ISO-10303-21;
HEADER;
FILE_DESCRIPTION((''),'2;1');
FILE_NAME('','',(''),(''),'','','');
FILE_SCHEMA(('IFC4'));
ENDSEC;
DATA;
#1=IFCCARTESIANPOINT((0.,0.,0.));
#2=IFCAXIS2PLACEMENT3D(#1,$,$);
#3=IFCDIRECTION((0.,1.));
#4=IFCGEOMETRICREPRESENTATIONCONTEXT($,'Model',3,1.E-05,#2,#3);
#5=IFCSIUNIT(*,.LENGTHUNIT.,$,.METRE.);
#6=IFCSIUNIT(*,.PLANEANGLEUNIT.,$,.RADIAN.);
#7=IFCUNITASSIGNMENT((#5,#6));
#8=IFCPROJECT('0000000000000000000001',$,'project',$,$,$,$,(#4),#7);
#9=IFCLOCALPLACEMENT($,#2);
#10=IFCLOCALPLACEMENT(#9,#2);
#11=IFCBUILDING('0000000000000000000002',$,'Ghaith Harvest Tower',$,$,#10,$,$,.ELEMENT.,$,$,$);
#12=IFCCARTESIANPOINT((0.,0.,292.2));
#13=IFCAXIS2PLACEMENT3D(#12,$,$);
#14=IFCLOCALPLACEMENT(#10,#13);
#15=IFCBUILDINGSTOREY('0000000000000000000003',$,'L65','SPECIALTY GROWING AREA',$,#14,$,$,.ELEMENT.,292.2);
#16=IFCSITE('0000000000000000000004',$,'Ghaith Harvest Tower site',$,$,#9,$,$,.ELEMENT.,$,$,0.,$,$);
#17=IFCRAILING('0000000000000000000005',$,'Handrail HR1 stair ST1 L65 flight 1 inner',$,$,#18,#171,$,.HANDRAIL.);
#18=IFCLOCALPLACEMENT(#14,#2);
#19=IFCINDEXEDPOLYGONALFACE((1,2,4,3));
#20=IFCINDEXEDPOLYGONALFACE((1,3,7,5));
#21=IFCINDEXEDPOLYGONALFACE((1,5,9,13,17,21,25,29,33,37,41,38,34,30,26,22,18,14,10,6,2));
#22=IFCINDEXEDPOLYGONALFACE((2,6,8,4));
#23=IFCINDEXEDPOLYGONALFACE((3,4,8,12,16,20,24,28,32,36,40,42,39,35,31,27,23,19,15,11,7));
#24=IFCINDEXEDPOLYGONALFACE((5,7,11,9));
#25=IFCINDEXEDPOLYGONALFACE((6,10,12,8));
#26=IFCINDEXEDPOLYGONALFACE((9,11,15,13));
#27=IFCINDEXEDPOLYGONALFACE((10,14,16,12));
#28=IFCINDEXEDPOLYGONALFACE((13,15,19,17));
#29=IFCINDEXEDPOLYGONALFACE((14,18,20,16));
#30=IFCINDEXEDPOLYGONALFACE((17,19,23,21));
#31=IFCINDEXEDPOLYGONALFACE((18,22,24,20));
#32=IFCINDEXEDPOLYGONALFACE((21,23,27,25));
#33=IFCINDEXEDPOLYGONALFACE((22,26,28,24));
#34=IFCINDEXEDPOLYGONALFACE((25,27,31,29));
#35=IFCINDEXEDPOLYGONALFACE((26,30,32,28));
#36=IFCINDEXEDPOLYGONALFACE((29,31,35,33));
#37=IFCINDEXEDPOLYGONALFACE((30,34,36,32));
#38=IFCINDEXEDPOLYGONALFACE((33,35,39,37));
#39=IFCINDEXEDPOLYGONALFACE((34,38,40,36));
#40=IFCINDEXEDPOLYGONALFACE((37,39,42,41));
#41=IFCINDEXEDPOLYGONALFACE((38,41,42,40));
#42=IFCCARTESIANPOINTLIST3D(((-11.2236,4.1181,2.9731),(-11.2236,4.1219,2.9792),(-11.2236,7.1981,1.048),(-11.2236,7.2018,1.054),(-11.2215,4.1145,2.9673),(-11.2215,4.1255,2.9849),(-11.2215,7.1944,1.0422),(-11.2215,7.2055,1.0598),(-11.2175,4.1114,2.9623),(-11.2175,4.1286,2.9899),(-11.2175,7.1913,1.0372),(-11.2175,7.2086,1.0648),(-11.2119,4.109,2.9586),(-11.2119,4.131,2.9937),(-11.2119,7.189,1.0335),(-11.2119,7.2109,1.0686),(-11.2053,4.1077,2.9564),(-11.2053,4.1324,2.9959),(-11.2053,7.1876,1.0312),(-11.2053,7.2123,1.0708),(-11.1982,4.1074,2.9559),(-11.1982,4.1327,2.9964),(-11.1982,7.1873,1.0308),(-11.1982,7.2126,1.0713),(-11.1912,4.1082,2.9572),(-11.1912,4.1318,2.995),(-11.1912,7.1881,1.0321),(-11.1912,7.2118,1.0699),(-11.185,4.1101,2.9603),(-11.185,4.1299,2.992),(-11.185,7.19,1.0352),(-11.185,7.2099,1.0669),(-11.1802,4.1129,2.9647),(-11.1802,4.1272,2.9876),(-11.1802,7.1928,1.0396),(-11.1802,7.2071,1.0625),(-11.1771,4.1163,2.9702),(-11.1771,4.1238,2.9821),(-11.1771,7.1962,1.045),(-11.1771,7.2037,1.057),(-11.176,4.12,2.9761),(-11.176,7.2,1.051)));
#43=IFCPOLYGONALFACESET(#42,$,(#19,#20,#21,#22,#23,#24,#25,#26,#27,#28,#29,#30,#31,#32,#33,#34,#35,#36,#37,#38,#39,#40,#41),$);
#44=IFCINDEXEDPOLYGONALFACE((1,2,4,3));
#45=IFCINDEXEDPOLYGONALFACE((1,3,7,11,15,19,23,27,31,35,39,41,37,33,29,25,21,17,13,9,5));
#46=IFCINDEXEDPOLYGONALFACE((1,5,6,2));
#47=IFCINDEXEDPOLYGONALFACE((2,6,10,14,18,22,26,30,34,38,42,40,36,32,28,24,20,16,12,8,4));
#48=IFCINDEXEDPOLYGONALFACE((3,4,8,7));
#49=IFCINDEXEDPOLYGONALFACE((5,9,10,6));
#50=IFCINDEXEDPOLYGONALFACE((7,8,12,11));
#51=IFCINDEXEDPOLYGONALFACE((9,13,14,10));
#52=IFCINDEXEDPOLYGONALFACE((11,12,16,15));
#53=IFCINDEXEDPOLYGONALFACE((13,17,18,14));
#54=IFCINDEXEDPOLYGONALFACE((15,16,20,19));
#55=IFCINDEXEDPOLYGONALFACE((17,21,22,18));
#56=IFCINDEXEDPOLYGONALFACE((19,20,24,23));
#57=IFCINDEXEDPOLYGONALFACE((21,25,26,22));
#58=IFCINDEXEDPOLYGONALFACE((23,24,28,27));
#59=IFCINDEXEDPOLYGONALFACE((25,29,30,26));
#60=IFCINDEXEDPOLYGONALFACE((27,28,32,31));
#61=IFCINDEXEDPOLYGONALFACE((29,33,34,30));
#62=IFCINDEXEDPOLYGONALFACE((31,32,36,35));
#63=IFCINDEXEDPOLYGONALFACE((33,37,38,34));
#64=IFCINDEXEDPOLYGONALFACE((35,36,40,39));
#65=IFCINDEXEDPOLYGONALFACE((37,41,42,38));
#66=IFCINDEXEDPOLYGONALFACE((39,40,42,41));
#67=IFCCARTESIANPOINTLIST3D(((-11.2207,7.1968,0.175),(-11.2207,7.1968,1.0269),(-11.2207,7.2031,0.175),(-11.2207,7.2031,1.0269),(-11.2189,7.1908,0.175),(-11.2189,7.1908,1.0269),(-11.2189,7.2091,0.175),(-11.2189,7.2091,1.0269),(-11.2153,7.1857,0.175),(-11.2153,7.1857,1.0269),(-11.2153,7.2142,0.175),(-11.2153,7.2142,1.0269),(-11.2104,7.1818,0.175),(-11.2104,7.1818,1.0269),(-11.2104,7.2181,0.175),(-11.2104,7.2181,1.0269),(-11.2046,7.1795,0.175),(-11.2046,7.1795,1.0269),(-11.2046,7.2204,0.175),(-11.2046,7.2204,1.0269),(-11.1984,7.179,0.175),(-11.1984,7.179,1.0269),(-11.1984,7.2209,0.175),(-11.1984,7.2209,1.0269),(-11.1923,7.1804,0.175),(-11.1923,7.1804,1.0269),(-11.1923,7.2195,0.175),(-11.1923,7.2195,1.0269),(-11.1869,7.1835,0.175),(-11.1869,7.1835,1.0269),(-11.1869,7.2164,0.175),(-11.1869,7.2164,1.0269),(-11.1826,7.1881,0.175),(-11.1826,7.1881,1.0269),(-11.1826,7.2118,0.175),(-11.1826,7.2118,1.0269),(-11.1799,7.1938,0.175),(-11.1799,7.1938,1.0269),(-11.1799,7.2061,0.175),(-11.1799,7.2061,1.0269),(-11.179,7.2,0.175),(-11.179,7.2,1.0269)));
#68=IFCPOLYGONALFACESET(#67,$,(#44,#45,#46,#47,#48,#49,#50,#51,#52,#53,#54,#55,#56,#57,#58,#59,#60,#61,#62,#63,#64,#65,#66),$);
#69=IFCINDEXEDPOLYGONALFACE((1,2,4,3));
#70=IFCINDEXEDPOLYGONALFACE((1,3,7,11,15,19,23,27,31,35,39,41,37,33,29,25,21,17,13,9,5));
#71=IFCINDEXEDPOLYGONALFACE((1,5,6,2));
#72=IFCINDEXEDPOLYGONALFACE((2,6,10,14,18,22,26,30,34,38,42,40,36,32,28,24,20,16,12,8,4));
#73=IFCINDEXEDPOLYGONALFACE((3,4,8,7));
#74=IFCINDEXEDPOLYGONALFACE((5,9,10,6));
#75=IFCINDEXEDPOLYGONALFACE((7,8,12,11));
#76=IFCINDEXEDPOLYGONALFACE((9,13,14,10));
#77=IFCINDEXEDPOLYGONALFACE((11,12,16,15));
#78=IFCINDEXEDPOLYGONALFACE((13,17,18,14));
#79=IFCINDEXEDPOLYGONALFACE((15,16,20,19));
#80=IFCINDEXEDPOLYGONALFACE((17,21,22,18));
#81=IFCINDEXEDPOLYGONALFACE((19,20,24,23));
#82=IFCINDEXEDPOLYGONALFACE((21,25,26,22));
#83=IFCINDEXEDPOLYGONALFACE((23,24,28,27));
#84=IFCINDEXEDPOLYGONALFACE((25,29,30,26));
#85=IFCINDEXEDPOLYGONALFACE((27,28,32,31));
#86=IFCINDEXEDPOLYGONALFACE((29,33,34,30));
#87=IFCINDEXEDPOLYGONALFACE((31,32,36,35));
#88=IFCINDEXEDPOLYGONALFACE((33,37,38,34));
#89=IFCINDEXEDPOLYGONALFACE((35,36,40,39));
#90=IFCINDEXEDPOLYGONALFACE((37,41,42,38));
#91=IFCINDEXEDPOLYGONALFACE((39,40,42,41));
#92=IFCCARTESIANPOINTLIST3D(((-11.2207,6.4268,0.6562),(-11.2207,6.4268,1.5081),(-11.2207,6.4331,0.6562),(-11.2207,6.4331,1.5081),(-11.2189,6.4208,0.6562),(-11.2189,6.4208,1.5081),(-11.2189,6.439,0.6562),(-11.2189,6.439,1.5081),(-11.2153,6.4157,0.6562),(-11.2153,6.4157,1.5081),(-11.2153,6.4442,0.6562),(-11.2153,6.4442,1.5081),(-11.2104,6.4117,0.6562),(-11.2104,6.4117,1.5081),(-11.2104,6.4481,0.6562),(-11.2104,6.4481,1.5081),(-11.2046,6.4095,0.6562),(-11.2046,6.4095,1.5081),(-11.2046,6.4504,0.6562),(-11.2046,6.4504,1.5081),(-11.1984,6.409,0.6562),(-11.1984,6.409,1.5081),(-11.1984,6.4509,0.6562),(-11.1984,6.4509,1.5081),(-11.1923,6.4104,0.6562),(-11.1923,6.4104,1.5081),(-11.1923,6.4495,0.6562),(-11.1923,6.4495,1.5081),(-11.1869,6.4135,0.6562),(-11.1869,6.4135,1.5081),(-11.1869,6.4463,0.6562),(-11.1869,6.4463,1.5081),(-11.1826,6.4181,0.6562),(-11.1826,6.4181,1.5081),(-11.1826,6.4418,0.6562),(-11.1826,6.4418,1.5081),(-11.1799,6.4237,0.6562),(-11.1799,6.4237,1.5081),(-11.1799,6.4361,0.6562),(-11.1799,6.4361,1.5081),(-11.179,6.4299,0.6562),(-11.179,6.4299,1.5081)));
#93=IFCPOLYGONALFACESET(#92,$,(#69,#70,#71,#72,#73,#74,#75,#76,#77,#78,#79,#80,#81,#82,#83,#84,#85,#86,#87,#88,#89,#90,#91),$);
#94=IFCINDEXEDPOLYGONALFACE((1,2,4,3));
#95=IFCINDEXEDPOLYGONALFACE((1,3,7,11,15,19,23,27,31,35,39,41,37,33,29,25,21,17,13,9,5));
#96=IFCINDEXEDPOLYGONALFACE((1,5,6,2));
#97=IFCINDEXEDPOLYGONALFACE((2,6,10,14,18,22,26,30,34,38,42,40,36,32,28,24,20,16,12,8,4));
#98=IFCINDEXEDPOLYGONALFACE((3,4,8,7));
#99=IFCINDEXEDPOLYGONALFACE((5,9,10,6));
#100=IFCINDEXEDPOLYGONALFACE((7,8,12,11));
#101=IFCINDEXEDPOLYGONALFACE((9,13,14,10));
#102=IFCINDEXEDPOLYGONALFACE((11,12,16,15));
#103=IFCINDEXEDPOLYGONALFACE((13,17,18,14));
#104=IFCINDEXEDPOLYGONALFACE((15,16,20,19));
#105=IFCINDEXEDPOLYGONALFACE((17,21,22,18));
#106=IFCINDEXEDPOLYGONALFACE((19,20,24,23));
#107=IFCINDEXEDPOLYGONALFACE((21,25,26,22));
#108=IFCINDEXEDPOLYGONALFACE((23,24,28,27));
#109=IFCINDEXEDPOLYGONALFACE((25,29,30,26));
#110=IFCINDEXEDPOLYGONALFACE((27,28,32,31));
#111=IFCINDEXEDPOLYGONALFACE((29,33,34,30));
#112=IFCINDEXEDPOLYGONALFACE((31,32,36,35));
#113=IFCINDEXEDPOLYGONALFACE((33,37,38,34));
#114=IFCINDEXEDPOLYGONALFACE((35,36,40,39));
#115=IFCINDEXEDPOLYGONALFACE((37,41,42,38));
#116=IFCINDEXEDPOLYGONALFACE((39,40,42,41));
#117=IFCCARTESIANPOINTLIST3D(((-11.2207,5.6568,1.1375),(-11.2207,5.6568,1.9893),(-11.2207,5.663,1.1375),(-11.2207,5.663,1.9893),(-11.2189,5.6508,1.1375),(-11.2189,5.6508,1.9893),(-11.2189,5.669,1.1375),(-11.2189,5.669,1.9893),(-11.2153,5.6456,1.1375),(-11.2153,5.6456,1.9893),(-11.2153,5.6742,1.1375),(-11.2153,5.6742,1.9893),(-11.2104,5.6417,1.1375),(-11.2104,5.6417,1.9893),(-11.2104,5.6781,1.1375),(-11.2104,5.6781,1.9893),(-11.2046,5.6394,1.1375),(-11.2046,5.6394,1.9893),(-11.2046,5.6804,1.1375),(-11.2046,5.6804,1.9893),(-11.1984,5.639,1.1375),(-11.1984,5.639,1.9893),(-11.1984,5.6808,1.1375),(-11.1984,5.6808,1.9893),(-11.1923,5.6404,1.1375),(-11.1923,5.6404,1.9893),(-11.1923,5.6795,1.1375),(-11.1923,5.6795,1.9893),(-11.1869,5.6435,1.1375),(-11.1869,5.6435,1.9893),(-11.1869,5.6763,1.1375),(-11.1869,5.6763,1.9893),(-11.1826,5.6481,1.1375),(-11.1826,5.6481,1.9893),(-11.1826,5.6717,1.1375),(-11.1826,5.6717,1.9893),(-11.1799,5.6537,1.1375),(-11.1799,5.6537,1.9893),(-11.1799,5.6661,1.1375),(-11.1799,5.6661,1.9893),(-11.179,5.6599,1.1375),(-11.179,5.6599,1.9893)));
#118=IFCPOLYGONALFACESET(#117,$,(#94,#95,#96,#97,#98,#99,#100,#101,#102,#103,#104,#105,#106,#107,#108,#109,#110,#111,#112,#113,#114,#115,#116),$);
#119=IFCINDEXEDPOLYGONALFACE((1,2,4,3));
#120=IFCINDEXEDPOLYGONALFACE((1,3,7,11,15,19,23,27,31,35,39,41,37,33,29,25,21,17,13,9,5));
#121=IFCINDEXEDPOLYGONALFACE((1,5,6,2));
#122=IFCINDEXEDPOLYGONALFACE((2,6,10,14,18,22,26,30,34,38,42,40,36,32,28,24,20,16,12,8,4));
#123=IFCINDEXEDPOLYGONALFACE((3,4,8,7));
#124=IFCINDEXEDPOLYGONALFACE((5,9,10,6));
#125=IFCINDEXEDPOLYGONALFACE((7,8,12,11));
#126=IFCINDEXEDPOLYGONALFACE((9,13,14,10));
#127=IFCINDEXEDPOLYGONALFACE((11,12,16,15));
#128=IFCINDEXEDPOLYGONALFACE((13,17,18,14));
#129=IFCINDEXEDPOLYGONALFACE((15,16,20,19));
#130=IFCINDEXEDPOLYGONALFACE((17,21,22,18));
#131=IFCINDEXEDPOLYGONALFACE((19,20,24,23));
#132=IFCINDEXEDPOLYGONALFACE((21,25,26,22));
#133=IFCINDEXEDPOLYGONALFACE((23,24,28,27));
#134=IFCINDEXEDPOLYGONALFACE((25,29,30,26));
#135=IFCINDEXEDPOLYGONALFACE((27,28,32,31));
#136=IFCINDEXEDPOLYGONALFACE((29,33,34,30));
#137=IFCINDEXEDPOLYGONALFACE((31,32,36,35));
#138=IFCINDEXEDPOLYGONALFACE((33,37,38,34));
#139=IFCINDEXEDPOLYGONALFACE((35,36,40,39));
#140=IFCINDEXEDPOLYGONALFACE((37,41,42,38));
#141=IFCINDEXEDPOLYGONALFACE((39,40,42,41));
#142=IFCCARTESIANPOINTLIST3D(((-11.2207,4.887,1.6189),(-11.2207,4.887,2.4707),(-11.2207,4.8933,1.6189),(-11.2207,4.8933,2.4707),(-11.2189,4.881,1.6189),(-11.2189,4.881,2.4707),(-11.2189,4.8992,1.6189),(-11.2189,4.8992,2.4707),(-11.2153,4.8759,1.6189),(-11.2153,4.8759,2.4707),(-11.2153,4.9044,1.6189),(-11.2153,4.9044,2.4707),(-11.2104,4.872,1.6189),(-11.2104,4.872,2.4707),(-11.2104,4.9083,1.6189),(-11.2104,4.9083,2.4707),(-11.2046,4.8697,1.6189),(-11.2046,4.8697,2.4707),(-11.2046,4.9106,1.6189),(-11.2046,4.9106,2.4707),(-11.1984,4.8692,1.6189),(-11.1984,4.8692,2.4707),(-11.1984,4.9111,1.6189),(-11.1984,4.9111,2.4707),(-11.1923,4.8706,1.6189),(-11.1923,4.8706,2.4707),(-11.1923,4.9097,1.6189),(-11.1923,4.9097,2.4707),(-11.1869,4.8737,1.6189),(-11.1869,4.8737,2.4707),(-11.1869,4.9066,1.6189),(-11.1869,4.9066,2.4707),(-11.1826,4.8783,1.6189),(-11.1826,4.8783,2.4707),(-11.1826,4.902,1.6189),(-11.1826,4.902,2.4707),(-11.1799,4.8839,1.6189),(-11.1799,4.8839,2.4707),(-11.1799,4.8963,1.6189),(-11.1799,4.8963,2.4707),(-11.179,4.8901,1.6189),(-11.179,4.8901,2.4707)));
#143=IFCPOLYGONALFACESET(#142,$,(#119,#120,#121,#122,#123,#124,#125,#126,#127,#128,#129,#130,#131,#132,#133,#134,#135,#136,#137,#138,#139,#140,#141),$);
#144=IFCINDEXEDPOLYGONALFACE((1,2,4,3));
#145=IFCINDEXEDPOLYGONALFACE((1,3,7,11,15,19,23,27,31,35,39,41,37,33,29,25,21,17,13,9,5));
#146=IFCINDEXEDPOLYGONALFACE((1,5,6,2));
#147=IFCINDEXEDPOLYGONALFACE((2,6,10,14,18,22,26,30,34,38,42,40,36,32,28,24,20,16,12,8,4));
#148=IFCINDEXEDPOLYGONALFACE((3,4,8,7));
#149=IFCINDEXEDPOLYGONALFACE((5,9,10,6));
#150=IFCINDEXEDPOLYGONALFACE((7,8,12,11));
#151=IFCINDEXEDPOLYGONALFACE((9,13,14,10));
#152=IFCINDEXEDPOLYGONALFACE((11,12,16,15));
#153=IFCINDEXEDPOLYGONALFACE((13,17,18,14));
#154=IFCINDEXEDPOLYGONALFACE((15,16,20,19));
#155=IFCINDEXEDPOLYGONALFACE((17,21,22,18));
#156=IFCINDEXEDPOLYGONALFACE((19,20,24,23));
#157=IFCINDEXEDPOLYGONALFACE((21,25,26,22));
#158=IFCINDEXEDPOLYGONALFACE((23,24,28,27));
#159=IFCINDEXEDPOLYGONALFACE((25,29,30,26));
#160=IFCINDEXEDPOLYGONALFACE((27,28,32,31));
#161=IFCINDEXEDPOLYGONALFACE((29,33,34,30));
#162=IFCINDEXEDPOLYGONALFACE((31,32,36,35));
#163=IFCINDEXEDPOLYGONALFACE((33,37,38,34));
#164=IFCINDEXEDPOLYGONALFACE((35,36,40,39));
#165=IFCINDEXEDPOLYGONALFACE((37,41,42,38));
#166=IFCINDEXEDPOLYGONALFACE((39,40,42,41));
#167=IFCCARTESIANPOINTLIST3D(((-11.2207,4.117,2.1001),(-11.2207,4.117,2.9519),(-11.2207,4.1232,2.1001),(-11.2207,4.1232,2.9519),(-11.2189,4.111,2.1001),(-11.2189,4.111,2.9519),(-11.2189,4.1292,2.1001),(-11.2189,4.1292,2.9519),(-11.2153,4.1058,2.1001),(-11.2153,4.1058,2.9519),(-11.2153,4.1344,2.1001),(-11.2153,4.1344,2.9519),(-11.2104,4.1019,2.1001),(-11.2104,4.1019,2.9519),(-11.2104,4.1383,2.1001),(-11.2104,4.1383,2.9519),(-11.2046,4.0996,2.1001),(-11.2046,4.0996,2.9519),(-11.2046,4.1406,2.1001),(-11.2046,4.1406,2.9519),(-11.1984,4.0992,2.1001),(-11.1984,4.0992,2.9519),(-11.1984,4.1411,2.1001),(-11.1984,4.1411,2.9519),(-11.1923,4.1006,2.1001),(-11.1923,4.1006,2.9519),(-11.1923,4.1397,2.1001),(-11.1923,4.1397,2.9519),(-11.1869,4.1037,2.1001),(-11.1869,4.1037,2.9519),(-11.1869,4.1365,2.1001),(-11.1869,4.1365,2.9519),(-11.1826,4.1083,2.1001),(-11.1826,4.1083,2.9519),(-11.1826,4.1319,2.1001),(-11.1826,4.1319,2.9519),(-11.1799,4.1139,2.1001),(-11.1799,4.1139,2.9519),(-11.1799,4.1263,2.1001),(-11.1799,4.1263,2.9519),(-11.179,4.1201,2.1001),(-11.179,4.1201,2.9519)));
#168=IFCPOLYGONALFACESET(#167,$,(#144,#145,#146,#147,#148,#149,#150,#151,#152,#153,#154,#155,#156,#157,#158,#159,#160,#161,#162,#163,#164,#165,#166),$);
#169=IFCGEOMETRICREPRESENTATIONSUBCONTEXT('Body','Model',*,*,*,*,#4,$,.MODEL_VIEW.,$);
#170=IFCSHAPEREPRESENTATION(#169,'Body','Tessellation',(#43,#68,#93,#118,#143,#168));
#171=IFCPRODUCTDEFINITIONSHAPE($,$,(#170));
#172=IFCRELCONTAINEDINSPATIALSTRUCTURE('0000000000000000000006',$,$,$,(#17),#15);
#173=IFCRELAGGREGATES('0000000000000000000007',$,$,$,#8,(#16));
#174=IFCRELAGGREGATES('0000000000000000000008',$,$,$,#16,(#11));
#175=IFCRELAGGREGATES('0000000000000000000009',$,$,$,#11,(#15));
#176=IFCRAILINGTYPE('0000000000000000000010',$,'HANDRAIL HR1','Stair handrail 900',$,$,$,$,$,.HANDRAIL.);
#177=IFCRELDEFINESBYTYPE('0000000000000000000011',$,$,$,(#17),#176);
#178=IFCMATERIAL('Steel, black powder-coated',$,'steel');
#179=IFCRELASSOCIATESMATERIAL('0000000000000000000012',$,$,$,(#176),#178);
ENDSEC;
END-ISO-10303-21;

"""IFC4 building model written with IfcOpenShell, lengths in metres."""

from ifc_helpers import new_model, si_unit, direction, frame, origin, origin_2d, place, context, subcontext, project, spatial, circle, extrude, material, type_object, element, save


model = new_model("IFC4")

# Units and contexts
model_context = context("Model", 3, precision=1e-05, world=origin(), true_north=direction((0.0, 1.0)))
body_context = subcontext(model_context, "Body", "Model", "MODEL_VIEW")
ifc_project = project(units=[si_unit("LENGTHUNIT", "METRE"), si_unit("PLANEANGLEUNIT", "RADIAN")], contexts=[model_context])

# Site, building, storey
site_placement = place(None, origin())
site = spatial("IfcSite", under=ifc_project, at=site_placement, Name="Ghaith Harvest Tower site", CompositionType="ELEMENT", RefElevation=0.0)
building_placement = place(site_placement, origin())
building = spatial("IfcBuilding", under=site, at=building_placement, Name="Ghaith Harvest Tower", CompositionType="ELEMENT")
storey_placement = place(building_placement, frame((0.0, 0.0, 292.2)))
storey = spatial("IfcBuildingStorey", under=building, at=storey_placement, Name="L65", Description="SPECIALTY GROWING AREA", CompositionType="ELEMENT", Elevation=292.2)

# Railing
ifc_material_1 = material(Name="Steel, black powder-coated", Category="steel")
railing_type = type_object("IfcRailingType", Name="HANDRAIL HR1", Description="Stair handrail 900", PredefinedType="HANDRAIL", material=ifc_material_1)
railing_1_placement = place(storey_placement, frame((-11.2, 7.2, 0.175)))
element("IfcRailing", 1, at=railing_1_placement, inside=storey, type_object=railing_type, Name="Handrail HR1 stair ST1 L65 flight 1 inner", PredefinedType="HANDRAIL", context=body_context, shape_type="SweptSolid", body=[
    extrude(circle(Radius=0.0239, at=origin_2d()), frame((0.0, 0.0, 0.876), z_axis=(0.0, -0.847979, 0.530029), x_axis=(1.0, 0.0, 0.0)), (0.0, 0.0, 1.0), 3.6321),
    extrude(circle(Radius=0.021, at=origin_2d()), origin(), (0.0, 0.0, 1.0), 0.8518),
    extrude(circle(Radius=0.021, at=origin_2d()), frame((0.0, -0.77, 0.4812)), (0.0, 0.0, 1.0), 0.8518),
    extrude(circle(Radius=0.021, at=origin_2d()), frame((0.0, -1.54, 0.9624)), (0.0, 0.0, 1.0), 0.8518),
    extrude(circle(Radius=0.021, at=origin_2d()), frame((0.0, -2.3098, 1.4438)), (0.0, 0.0, 1.0), 0.8518),
    extrude(circle(Radius=0.021, at=origin_2d()), frame((0.0, -3.0798, 1.925)), (0.0, 0.0, 1.0), 0.8518),
])

save(model, "model.ifc")
